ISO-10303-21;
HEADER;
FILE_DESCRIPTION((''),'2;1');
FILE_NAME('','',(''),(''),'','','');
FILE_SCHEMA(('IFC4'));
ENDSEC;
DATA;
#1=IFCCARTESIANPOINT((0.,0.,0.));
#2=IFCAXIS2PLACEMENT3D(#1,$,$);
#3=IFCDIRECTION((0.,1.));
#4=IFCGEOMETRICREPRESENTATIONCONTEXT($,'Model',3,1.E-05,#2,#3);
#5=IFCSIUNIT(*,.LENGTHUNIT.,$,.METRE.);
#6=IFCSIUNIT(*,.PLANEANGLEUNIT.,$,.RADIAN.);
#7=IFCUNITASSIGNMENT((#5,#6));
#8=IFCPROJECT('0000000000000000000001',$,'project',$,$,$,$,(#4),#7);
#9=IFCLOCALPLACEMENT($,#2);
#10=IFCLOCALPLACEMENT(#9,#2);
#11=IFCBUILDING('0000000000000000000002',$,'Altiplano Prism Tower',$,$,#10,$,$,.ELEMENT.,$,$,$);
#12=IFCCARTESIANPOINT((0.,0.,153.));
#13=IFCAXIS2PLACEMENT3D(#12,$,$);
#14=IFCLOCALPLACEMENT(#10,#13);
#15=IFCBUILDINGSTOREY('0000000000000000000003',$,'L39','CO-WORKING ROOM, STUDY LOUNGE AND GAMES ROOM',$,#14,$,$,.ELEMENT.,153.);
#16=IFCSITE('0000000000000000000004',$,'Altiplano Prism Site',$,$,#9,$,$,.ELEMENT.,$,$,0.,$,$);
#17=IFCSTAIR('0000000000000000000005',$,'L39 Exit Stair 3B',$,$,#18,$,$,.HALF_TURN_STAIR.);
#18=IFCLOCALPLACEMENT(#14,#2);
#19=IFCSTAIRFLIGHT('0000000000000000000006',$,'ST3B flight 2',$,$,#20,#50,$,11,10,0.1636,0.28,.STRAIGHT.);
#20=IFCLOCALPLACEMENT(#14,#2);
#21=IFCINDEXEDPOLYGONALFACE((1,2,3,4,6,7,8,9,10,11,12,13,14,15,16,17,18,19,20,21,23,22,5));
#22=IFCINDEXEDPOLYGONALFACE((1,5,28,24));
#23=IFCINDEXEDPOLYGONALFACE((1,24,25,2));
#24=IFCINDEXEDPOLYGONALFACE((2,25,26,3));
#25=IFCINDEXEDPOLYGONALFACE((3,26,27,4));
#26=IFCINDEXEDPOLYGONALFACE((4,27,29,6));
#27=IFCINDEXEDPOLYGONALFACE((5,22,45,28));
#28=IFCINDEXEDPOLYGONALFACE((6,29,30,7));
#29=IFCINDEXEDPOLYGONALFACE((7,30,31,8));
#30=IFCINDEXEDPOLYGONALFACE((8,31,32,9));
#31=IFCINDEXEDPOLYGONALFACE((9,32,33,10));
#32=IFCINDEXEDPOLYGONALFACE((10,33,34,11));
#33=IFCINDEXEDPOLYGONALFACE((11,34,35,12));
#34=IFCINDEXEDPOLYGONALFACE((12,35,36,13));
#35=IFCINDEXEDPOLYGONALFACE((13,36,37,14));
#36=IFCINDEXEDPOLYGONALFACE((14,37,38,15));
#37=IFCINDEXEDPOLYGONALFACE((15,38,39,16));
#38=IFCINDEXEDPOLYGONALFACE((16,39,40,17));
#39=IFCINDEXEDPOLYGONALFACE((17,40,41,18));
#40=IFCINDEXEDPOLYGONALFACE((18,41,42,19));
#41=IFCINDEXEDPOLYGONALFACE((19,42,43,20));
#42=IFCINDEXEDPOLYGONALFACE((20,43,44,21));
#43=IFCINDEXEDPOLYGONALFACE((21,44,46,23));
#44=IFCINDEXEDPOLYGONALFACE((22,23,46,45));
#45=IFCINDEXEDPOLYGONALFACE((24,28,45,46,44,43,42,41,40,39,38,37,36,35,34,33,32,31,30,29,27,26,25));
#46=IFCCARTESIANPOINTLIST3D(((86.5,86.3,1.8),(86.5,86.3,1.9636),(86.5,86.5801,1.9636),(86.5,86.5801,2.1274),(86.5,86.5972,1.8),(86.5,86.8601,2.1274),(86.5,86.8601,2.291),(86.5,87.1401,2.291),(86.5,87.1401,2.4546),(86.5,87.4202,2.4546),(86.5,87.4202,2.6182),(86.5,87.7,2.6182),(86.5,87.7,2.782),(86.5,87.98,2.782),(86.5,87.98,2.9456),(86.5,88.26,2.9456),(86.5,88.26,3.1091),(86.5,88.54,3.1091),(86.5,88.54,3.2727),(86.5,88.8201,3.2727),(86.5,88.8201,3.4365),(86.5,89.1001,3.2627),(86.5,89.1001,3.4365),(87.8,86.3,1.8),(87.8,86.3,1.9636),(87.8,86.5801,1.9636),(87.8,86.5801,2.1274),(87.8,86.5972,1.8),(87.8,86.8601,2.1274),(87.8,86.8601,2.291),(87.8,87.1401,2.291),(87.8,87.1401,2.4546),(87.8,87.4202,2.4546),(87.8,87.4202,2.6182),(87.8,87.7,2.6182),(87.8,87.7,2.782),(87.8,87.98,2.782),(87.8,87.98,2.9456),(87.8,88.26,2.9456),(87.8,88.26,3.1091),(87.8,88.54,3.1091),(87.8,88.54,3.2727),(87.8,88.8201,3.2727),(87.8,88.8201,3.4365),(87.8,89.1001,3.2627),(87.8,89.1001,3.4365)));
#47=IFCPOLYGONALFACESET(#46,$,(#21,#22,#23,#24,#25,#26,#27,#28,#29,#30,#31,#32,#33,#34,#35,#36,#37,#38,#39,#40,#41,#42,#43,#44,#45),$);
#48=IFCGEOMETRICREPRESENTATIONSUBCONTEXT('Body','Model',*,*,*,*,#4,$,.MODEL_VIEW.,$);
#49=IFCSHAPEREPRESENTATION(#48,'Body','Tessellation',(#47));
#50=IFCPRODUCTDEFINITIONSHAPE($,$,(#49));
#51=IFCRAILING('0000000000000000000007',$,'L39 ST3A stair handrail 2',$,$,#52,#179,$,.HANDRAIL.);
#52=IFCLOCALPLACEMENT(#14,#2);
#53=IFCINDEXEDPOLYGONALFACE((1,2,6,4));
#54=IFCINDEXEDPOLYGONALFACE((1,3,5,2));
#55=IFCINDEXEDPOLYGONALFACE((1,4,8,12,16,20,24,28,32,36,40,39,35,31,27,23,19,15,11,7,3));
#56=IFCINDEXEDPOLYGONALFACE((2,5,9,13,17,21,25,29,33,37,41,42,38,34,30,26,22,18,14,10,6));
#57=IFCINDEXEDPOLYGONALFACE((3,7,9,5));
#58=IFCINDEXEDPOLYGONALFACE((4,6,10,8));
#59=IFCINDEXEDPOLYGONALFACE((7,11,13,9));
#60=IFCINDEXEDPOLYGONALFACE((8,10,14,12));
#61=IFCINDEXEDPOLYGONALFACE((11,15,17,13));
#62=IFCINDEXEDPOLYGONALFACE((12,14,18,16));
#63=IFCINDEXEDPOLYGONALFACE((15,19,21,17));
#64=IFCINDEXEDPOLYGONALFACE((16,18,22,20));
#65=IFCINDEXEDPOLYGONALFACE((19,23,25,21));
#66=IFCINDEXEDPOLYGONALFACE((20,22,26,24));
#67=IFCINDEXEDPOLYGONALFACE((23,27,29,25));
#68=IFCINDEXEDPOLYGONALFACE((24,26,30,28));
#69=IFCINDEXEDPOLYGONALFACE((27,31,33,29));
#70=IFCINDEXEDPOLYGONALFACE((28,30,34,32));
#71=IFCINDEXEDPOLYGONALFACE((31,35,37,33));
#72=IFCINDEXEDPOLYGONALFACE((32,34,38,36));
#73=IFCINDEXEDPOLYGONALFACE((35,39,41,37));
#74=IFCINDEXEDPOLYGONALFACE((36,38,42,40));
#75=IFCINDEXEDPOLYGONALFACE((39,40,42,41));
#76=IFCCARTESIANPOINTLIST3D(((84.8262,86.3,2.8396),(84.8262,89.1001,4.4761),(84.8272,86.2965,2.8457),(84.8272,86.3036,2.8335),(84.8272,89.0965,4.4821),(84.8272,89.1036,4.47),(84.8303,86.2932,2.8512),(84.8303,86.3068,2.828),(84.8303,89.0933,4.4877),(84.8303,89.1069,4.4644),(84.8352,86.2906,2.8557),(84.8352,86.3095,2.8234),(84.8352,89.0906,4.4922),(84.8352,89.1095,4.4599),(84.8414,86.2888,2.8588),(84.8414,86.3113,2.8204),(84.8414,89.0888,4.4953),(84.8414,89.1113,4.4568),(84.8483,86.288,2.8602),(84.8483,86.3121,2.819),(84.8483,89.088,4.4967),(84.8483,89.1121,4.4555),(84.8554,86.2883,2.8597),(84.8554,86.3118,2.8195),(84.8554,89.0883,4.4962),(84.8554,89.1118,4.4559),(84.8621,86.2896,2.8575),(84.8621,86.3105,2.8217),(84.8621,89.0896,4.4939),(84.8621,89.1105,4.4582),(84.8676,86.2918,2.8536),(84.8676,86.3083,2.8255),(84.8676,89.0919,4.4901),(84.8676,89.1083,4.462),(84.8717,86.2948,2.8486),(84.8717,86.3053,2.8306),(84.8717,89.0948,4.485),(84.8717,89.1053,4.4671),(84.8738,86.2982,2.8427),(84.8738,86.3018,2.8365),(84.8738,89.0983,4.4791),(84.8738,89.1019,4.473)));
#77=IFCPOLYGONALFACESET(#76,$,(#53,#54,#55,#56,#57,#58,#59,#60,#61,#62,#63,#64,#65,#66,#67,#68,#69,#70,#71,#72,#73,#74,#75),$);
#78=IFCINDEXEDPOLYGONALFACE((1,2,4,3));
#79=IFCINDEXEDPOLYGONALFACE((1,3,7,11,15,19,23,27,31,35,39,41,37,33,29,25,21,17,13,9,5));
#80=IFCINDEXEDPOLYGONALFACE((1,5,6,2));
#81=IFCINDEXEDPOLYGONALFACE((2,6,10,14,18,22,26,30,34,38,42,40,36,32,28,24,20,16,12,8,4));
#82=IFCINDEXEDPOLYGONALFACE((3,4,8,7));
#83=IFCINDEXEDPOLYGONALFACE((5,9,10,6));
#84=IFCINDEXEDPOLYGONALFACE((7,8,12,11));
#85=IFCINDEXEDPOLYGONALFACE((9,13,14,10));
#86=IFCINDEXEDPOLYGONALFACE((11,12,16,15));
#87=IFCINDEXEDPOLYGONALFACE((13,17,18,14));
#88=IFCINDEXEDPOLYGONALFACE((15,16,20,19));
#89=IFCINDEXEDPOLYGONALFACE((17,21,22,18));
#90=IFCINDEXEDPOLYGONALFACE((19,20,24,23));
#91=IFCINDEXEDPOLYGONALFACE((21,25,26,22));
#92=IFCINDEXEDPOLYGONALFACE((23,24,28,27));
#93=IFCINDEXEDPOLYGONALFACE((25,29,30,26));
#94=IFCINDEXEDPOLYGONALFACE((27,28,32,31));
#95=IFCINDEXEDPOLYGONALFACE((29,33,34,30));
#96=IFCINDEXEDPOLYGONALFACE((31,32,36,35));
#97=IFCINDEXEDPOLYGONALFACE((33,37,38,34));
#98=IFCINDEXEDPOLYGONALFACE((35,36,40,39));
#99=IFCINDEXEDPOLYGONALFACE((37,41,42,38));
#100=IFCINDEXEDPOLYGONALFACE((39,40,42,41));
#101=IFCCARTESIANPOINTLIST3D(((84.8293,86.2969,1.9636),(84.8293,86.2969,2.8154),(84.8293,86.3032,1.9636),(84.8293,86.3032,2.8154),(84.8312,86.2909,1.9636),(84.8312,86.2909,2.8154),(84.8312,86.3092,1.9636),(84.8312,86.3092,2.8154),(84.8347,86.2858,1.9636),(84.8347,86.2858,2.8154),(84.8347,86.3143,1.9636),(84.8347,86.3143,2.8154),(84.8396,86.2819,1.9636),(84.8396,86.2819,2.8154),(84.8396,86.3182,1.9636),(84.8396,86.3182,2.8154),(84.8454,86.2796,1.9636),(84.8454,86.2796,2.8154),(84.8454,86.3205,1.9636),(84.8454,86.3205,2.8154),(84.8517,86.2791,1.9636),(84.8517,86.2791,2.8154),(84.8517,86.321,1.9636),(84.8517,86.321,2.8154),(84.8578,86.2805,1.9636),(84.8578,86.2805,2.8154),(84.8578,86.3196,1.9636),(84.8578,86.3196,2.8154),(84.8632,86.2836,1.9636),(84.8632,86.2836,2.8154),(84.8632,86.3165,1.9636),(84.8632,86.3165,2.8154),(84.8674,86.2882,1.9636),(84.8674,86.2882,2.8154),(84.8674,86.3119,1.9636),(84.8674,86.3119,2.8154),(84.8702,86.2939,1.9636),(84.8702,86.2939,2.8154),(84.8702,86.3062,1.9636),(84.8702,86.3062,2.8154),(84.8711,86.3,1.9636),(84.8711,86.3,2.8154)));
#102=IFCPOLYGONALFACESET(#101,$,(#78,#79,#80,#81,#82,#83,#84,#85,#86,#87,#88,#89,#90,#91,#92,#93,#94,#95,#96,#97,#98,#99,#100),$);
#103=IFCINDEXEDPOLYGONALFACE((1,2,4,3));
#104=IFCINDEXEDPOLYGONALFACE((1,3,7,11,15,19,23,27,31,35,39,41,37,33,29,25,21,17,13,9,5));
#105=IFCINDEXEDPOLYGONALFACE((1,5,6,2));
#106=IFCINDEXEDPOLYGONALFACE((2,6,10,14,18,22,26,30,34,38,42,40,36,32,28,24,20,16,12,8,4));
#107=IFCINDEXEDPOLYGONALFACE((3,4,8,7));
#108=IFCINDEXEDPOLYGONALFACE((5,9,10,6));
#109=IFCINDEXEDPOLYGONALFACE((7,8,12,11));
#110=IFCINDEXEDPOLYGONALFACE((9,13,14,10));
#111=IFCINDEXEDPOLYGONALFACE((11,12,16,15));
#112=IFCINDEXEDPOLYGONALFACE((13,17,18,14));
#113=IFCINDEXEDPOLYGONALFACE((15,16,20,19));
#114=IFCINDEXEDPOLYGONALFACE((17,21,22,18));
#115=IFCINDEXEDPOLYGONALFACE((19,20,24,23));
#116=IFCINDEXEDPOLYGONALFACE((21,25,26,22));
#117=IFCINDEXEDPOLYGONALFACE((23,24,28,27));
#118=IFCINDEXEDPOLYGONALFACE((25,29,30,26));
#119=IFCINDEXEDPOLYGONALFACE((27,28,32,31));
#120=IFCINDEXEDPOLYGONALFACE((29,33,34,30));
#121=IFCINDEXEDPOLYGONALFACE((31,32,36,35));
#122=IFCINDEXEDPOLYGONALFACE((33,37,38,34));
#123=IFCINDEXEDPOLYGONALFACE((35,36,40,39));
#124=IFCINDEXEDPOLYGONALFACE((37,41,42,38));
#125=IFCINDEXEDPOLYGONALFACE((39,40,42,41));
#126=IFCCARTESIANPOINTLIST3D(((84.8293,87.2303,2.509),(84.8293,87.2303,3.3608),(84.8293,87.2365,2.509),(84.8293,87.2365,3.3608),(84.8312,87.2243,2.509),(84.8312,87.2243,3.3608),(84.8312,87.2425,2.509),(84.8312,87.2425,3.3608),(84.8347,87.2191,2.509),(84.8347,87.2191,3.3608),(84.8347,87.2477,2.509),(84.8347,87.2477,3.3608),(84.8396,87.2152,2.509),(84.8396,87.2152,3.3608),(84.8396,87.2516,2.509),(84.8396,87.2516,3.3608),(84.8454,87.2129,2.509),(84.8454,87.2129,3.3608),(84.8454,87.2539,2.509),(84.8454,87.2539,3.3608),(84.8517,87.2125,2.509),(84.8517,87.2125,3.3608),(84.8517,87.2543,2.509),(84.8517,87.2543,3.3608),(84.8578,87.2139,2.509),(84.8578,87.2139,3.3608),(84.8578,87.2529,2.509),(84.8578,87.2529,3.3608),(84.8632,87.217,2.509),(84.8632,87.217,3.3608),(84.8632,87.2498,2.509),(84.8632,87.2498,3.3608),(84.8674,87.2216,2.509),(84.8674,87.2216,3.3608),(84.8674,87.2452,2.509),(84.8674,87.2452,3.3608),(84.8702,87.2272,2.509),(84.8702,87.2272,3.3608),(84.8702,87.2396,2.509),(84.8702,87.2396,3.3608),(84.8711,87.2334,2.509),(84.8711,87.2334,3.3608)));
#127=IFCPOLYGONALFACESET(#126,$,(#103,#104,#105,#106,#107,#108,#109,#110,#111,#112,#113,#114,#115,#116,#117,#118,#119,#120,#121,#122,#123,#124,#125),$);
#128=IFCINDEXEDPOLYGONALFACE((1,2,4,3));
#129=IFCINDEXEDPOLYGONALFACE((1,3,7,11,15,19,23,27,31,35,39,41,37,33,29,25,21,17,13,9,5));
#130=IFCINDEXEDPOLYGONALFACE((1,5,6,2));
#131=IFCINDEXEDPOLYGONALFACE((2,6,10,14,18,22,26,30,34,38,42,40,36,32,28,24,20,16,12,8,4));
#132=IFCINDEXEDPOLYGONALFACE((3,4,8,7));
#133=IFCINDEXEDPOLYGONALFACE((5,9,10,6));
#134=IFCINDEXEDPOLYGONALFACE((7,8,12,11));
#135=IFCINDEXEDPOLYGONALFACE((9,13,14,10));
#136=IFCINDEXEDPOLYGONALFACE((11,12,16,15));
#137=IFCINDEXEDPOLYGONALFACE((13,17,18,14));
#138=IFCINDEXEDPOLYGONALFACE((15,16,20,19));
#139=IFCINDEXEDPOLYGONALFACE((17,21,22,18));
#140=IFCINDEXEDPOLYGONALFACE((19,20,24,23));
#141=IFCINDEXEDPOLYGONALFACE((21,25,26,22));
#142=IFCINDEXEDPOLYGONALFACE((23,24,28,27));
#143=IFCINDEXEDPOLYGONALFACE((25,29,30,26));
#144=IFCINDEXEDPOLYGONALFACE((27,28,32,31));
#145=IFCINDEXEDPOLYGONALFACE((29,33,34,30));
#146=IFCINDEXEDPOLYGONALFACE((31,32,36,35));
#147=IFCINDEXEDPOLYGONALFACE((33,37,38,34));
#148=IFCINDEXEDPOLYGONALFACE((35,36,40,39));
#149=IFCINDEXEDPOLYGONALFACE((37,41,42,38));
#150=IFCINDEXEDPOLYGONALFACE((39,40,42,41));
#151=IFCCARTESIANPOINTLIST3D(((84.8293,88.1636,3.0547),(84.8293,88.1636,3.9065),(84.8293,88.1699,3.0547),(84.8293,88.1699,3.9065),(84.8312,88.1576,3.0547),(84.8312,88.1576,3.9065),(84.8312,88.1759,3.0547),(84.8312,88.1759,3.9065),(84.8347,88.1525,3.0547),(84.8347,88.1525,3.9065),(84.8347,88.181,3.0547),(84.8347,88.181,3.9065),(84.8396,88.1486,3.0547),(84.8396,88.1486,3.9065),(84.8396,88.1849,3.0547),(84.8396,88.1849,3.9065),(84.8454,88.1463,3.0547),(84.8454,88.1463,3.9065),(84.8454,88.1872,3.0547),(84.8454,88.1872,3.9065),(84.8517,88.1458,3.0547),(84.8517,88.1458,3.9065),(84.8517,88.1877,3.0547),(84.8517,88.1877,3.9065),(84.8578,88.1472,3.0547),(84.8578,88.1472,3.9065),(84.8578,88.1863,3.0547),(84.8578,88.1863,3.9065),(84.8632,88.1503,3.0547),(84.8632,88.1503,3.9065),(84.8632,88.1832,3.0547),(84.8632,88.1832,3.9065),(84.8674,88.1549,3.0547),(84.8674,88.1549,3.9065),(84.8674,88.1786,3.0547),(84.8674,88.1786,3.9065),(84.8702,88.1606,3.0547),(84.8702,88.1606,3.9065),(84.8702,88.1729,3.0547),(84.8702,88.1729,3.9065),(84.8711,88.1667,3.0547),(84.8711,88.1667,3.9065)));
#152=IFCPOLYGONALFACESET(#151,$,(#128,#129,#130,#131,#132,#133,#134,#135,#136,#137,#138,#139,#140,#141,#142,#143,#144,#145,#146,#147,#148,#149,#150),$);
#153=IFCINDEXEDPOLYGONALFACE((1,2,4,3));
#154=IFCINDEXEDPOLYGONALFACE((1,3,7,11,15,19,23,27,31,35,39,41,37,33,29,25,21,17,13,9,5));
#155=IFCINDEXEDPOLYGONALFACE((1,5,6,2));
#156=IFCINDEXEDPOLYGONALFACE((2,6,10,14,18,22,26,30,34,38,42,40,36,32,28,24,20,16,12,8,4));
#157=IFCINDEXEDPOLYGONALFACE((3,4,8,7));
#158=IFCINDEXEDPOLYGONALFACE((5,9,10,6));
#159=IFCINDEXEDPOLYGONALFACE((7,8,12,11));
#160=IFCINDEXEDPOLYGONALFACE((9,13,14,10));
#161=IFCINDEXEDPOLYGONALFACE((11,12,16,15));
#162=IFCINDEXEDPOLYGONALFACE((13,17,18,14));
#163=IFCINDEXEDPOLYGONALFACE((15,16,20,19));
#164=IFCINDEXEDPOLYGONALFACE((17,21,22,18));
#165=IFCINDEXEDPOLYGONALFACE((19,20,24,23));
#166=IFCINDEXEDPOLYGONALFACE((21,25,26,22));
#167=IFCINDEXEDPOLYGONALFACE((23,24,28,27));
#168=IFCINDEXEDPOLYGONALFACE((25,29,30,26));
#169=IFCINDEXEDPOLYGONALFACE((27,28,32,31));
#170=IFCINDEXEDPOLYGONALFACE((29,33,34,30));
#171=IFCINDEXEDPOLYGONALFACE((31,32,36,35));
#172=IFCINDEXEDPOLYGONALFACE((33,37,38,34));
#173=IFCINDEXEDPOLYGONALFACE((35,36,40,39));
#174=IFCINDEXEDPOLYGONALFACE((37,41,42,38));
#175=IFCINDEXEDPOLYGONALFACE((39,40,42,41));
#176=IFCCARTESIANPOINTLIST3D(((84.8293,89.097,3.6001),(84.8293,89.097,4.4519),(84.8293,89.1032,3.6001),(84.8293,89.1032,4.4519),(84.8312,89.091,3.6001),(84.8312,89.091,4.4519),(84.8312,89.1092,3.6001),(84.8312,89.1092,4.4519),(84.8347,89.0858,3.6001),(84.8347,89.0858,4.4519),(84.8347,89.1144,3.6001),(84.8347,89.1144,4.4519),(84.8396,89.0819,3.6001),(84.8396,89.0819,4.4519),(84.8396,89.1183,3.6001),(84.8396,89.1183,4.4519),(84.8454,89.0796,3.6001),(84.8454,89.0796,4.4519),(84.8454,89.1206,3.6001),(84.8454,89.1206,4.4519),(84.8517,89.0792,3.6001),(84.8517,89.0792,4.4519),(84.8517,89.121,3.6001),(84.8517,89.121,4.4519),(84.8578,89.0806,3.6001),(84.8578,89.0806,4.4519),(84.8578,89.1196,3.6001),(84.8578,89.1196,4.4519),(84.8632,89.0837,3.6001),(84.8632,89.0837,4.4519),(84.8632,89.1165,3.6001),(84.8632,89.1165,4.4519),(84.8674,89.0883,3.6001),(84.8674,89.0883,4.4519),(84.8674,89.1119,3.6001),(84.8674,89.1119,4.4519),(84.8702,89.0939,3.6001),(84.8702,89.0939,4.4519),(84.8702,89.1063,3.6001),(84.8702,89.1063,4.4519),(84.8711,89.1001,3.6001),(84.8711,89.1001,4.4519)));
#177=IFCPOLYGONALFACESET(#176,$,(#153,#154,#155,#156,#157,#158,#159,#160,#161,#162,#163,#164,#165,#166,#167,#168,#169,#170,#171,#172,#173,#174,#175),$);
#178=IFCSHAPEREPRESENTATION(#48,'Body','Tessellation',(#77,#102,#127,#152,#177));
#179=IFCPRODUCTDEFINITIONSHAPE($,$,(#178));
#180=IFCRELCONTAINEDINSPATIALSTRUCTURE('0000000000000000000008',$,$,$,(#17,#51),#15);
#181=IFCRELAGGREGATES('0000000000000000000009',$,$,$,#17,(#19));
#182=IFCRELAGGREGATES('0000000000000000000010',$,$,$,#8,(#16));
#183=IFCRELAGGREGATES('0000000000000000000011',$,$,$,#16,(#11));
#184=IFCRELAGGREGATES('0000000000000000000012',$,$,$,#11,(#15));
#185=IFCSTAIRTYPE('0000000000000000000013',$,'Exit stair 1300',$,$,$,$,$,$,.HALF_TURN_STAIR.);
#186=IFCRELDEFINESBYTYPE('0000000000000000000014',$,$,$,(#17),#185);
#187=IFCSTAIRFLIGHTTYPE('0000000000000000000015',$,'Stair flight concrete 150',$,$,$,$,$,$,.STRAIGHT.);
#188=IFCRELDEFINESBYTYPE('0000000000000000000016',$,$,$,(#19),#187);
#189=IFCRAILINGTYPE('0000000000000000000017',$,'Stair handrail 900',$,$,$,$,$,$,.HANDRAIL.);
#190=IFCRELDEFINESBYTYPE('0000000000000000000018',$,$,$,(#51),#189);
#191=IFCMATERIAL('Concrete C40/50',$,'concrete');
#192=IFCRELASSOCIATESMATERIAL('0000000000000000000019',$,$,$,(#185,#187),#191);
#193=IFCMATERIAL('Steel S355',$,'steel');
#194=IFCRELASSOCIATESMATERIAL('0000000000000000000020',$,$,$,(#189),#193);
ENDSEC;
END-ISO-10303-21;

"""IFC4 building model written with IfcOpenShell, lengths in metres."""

from ifc_helpers import new_model, si_unit, direction, frame, origin, origin_2d, place, context, subcontext, project, spatial, polyline, circle, outline, extrude, material, type_object, element, aggregate, save


model = new_model("IFC4")

# Units and contexts
model_context = context("Model", 3, precision=1e-05, world=origin(), true_north=direction((0.0, 1.0)))
body_context = subcontext(model_context, "Body", "Model", "MODEL_VIEW")
ifc_project = project(units=[si_unit("LENGTHUNIT", "METRE"), si_unit("PLANEANGLEUNIT", "RADIAN")], contexts=[model_context])

# Site, building, storey
site_placement = place(None, origin())
site = spatial("IfcSite", under=ifc_project, at=site_placement, Name="Altiplano Prism Site", CompositionType="ELEMENT", RefElevation=0.0)
building_placement = place(site_placement, origin())
building = spatial("IfcBuilding", under=site, at=building_placement, Name="Altiplano Prism Tower", CompositionType="ELEMENT")
storey_placement = place(building_placement, frame((0.0, 0.0, 153.0)))
storey = spatial("IfcBuildingStorey", under=building, at=storey_placement, Name="L39", Description="CO-WORKING ROOM, STUDY LOUNGE AND GAMES ROOM", CompositionType="ELEMENT", Elevation=153.0)

# Shared definitions
ifc_material_1 = material(Name="Concrete C40/50", Category="concrete")
stair_type = type_object("IfcStairType", Name="Exit stair 1300", PredefinedType="HALF_TURN_STAIR", material=ifc_material_1)
stair_flight_type = type_object("IfcStairFlightType", Name="Stair flight concrete 150", PredefinedType="STRAIGHT", material=ifc_material_1)

# Stair, stair flight
stair_1_placement = place(storey_placement, origin())
stair_1 = element("IfcStair", 1, at=stair_1_placement, inside=storey, type_object=stair_type, Name="L39 Exit Stair 3B", PredefinedType="HALF_TURN_STAIR")
stair_flight_1_placement = place(storey_placement, frame((87.1499, 86.3, 1.8), z_axis=(0.0, 0.0, 1.0), x_axis=(0.0, 1.0, 0.0)))
stair_flight_1 = element("IfcStairFlight", 2, at=stair_flight_1_placement, type_object=stair_flight_type, Name="ST3B flight 2", NumberOfRisers=11, NumberOfTreads=10, PredefinedType="STRAIGHT", RiserHeight=0.1636, TreadLength=0.28, context=body_context, shape_type="SweptSolid", body=[
    extrude(outline(polyline([(0.0, 0.0), (0.0, 0.1636), (0.28, 0.1636), (0.28, 0.3274), (0.5601, 0.3274), (0.5601, 0.491), (0.8401, 0.491), (0.8401, 0.6545), (1.1201, 0.6545), (1.1201, 0.8181), (1.3999, 0.8181), (1.3999, 0.9819), (1.6799, 0.9819), (1.6799, 1.1455), (1.96, 1.1455), (1.96, 1.3091), (2.24, 1.3091), (2.24, 1.4727), (2.52, 1.4727), (2.52, 1.6365), (2.8, 1.6365), (2.8, 1.8), (2.8, 1.4626), (0.2971, 0.0), (0.0, 0.0)])), frame((0.0, 0.6499, 0.0), z_axis=(0.0, -1.0, 0.0), x_axis=(1.0, 0.0, 0.0)), (0.0, 0.0, 1.0), 1.3),
])
aggregate(stair_1, [stair_flight_1])

# Railing
ifc_material_2 = material(Name="Steel S355", Category="steel")
railing_type_1 = type_object("IfcRailingType", Name="Stair handrail 900", PredefinedType="HANDRAIL", material=ifc_material_2)
railing_1_placement = place(storey_placement, frame((84.8501, 86.3, 1.9636)))
element("IfcRailing", 3, at=railing_1_placement, inside=storey, type_object=railing_type_1, Name="L39 ST3A stair handrail 2", PredefinedType="HANDRAIL", context=body_context, shape_type="SweptSolid", body=[
    extrude(circle(Radius=0.0239, at=origin_2d()), frame((0.0, 0.0, 0.876), z_axis=(0.0, 0.863361, 0.504587), x_axis=(-1.0, 0.0, 0.0)), (0.0, 0.0, 1.0), 3.2432),
    extrude(circle(Radius=0.021, at=origin_2d()), origin(), (0.0, 0.0, 1.0), 0.8518),
    extrude(circle(Radius=0.021, at=origin_2d()), frame((0.0, 0.9333, 0.5454)), (0.0, 0.0, 1.0), 0.8518),
    extrude(circle(Radius=0.021, at=origin_2d()), frame((0.0, 1.8667, 1.0911)), (0.0, 0.0, 1.0), 0.8518),
    extrude(circle(Radius=0.021, at=origin_2d()), frame((0.0, 2.8, 1.6365)), (0.0, 0.0, 1.0), 0.8518),
])

save(model, "model.ifc")
